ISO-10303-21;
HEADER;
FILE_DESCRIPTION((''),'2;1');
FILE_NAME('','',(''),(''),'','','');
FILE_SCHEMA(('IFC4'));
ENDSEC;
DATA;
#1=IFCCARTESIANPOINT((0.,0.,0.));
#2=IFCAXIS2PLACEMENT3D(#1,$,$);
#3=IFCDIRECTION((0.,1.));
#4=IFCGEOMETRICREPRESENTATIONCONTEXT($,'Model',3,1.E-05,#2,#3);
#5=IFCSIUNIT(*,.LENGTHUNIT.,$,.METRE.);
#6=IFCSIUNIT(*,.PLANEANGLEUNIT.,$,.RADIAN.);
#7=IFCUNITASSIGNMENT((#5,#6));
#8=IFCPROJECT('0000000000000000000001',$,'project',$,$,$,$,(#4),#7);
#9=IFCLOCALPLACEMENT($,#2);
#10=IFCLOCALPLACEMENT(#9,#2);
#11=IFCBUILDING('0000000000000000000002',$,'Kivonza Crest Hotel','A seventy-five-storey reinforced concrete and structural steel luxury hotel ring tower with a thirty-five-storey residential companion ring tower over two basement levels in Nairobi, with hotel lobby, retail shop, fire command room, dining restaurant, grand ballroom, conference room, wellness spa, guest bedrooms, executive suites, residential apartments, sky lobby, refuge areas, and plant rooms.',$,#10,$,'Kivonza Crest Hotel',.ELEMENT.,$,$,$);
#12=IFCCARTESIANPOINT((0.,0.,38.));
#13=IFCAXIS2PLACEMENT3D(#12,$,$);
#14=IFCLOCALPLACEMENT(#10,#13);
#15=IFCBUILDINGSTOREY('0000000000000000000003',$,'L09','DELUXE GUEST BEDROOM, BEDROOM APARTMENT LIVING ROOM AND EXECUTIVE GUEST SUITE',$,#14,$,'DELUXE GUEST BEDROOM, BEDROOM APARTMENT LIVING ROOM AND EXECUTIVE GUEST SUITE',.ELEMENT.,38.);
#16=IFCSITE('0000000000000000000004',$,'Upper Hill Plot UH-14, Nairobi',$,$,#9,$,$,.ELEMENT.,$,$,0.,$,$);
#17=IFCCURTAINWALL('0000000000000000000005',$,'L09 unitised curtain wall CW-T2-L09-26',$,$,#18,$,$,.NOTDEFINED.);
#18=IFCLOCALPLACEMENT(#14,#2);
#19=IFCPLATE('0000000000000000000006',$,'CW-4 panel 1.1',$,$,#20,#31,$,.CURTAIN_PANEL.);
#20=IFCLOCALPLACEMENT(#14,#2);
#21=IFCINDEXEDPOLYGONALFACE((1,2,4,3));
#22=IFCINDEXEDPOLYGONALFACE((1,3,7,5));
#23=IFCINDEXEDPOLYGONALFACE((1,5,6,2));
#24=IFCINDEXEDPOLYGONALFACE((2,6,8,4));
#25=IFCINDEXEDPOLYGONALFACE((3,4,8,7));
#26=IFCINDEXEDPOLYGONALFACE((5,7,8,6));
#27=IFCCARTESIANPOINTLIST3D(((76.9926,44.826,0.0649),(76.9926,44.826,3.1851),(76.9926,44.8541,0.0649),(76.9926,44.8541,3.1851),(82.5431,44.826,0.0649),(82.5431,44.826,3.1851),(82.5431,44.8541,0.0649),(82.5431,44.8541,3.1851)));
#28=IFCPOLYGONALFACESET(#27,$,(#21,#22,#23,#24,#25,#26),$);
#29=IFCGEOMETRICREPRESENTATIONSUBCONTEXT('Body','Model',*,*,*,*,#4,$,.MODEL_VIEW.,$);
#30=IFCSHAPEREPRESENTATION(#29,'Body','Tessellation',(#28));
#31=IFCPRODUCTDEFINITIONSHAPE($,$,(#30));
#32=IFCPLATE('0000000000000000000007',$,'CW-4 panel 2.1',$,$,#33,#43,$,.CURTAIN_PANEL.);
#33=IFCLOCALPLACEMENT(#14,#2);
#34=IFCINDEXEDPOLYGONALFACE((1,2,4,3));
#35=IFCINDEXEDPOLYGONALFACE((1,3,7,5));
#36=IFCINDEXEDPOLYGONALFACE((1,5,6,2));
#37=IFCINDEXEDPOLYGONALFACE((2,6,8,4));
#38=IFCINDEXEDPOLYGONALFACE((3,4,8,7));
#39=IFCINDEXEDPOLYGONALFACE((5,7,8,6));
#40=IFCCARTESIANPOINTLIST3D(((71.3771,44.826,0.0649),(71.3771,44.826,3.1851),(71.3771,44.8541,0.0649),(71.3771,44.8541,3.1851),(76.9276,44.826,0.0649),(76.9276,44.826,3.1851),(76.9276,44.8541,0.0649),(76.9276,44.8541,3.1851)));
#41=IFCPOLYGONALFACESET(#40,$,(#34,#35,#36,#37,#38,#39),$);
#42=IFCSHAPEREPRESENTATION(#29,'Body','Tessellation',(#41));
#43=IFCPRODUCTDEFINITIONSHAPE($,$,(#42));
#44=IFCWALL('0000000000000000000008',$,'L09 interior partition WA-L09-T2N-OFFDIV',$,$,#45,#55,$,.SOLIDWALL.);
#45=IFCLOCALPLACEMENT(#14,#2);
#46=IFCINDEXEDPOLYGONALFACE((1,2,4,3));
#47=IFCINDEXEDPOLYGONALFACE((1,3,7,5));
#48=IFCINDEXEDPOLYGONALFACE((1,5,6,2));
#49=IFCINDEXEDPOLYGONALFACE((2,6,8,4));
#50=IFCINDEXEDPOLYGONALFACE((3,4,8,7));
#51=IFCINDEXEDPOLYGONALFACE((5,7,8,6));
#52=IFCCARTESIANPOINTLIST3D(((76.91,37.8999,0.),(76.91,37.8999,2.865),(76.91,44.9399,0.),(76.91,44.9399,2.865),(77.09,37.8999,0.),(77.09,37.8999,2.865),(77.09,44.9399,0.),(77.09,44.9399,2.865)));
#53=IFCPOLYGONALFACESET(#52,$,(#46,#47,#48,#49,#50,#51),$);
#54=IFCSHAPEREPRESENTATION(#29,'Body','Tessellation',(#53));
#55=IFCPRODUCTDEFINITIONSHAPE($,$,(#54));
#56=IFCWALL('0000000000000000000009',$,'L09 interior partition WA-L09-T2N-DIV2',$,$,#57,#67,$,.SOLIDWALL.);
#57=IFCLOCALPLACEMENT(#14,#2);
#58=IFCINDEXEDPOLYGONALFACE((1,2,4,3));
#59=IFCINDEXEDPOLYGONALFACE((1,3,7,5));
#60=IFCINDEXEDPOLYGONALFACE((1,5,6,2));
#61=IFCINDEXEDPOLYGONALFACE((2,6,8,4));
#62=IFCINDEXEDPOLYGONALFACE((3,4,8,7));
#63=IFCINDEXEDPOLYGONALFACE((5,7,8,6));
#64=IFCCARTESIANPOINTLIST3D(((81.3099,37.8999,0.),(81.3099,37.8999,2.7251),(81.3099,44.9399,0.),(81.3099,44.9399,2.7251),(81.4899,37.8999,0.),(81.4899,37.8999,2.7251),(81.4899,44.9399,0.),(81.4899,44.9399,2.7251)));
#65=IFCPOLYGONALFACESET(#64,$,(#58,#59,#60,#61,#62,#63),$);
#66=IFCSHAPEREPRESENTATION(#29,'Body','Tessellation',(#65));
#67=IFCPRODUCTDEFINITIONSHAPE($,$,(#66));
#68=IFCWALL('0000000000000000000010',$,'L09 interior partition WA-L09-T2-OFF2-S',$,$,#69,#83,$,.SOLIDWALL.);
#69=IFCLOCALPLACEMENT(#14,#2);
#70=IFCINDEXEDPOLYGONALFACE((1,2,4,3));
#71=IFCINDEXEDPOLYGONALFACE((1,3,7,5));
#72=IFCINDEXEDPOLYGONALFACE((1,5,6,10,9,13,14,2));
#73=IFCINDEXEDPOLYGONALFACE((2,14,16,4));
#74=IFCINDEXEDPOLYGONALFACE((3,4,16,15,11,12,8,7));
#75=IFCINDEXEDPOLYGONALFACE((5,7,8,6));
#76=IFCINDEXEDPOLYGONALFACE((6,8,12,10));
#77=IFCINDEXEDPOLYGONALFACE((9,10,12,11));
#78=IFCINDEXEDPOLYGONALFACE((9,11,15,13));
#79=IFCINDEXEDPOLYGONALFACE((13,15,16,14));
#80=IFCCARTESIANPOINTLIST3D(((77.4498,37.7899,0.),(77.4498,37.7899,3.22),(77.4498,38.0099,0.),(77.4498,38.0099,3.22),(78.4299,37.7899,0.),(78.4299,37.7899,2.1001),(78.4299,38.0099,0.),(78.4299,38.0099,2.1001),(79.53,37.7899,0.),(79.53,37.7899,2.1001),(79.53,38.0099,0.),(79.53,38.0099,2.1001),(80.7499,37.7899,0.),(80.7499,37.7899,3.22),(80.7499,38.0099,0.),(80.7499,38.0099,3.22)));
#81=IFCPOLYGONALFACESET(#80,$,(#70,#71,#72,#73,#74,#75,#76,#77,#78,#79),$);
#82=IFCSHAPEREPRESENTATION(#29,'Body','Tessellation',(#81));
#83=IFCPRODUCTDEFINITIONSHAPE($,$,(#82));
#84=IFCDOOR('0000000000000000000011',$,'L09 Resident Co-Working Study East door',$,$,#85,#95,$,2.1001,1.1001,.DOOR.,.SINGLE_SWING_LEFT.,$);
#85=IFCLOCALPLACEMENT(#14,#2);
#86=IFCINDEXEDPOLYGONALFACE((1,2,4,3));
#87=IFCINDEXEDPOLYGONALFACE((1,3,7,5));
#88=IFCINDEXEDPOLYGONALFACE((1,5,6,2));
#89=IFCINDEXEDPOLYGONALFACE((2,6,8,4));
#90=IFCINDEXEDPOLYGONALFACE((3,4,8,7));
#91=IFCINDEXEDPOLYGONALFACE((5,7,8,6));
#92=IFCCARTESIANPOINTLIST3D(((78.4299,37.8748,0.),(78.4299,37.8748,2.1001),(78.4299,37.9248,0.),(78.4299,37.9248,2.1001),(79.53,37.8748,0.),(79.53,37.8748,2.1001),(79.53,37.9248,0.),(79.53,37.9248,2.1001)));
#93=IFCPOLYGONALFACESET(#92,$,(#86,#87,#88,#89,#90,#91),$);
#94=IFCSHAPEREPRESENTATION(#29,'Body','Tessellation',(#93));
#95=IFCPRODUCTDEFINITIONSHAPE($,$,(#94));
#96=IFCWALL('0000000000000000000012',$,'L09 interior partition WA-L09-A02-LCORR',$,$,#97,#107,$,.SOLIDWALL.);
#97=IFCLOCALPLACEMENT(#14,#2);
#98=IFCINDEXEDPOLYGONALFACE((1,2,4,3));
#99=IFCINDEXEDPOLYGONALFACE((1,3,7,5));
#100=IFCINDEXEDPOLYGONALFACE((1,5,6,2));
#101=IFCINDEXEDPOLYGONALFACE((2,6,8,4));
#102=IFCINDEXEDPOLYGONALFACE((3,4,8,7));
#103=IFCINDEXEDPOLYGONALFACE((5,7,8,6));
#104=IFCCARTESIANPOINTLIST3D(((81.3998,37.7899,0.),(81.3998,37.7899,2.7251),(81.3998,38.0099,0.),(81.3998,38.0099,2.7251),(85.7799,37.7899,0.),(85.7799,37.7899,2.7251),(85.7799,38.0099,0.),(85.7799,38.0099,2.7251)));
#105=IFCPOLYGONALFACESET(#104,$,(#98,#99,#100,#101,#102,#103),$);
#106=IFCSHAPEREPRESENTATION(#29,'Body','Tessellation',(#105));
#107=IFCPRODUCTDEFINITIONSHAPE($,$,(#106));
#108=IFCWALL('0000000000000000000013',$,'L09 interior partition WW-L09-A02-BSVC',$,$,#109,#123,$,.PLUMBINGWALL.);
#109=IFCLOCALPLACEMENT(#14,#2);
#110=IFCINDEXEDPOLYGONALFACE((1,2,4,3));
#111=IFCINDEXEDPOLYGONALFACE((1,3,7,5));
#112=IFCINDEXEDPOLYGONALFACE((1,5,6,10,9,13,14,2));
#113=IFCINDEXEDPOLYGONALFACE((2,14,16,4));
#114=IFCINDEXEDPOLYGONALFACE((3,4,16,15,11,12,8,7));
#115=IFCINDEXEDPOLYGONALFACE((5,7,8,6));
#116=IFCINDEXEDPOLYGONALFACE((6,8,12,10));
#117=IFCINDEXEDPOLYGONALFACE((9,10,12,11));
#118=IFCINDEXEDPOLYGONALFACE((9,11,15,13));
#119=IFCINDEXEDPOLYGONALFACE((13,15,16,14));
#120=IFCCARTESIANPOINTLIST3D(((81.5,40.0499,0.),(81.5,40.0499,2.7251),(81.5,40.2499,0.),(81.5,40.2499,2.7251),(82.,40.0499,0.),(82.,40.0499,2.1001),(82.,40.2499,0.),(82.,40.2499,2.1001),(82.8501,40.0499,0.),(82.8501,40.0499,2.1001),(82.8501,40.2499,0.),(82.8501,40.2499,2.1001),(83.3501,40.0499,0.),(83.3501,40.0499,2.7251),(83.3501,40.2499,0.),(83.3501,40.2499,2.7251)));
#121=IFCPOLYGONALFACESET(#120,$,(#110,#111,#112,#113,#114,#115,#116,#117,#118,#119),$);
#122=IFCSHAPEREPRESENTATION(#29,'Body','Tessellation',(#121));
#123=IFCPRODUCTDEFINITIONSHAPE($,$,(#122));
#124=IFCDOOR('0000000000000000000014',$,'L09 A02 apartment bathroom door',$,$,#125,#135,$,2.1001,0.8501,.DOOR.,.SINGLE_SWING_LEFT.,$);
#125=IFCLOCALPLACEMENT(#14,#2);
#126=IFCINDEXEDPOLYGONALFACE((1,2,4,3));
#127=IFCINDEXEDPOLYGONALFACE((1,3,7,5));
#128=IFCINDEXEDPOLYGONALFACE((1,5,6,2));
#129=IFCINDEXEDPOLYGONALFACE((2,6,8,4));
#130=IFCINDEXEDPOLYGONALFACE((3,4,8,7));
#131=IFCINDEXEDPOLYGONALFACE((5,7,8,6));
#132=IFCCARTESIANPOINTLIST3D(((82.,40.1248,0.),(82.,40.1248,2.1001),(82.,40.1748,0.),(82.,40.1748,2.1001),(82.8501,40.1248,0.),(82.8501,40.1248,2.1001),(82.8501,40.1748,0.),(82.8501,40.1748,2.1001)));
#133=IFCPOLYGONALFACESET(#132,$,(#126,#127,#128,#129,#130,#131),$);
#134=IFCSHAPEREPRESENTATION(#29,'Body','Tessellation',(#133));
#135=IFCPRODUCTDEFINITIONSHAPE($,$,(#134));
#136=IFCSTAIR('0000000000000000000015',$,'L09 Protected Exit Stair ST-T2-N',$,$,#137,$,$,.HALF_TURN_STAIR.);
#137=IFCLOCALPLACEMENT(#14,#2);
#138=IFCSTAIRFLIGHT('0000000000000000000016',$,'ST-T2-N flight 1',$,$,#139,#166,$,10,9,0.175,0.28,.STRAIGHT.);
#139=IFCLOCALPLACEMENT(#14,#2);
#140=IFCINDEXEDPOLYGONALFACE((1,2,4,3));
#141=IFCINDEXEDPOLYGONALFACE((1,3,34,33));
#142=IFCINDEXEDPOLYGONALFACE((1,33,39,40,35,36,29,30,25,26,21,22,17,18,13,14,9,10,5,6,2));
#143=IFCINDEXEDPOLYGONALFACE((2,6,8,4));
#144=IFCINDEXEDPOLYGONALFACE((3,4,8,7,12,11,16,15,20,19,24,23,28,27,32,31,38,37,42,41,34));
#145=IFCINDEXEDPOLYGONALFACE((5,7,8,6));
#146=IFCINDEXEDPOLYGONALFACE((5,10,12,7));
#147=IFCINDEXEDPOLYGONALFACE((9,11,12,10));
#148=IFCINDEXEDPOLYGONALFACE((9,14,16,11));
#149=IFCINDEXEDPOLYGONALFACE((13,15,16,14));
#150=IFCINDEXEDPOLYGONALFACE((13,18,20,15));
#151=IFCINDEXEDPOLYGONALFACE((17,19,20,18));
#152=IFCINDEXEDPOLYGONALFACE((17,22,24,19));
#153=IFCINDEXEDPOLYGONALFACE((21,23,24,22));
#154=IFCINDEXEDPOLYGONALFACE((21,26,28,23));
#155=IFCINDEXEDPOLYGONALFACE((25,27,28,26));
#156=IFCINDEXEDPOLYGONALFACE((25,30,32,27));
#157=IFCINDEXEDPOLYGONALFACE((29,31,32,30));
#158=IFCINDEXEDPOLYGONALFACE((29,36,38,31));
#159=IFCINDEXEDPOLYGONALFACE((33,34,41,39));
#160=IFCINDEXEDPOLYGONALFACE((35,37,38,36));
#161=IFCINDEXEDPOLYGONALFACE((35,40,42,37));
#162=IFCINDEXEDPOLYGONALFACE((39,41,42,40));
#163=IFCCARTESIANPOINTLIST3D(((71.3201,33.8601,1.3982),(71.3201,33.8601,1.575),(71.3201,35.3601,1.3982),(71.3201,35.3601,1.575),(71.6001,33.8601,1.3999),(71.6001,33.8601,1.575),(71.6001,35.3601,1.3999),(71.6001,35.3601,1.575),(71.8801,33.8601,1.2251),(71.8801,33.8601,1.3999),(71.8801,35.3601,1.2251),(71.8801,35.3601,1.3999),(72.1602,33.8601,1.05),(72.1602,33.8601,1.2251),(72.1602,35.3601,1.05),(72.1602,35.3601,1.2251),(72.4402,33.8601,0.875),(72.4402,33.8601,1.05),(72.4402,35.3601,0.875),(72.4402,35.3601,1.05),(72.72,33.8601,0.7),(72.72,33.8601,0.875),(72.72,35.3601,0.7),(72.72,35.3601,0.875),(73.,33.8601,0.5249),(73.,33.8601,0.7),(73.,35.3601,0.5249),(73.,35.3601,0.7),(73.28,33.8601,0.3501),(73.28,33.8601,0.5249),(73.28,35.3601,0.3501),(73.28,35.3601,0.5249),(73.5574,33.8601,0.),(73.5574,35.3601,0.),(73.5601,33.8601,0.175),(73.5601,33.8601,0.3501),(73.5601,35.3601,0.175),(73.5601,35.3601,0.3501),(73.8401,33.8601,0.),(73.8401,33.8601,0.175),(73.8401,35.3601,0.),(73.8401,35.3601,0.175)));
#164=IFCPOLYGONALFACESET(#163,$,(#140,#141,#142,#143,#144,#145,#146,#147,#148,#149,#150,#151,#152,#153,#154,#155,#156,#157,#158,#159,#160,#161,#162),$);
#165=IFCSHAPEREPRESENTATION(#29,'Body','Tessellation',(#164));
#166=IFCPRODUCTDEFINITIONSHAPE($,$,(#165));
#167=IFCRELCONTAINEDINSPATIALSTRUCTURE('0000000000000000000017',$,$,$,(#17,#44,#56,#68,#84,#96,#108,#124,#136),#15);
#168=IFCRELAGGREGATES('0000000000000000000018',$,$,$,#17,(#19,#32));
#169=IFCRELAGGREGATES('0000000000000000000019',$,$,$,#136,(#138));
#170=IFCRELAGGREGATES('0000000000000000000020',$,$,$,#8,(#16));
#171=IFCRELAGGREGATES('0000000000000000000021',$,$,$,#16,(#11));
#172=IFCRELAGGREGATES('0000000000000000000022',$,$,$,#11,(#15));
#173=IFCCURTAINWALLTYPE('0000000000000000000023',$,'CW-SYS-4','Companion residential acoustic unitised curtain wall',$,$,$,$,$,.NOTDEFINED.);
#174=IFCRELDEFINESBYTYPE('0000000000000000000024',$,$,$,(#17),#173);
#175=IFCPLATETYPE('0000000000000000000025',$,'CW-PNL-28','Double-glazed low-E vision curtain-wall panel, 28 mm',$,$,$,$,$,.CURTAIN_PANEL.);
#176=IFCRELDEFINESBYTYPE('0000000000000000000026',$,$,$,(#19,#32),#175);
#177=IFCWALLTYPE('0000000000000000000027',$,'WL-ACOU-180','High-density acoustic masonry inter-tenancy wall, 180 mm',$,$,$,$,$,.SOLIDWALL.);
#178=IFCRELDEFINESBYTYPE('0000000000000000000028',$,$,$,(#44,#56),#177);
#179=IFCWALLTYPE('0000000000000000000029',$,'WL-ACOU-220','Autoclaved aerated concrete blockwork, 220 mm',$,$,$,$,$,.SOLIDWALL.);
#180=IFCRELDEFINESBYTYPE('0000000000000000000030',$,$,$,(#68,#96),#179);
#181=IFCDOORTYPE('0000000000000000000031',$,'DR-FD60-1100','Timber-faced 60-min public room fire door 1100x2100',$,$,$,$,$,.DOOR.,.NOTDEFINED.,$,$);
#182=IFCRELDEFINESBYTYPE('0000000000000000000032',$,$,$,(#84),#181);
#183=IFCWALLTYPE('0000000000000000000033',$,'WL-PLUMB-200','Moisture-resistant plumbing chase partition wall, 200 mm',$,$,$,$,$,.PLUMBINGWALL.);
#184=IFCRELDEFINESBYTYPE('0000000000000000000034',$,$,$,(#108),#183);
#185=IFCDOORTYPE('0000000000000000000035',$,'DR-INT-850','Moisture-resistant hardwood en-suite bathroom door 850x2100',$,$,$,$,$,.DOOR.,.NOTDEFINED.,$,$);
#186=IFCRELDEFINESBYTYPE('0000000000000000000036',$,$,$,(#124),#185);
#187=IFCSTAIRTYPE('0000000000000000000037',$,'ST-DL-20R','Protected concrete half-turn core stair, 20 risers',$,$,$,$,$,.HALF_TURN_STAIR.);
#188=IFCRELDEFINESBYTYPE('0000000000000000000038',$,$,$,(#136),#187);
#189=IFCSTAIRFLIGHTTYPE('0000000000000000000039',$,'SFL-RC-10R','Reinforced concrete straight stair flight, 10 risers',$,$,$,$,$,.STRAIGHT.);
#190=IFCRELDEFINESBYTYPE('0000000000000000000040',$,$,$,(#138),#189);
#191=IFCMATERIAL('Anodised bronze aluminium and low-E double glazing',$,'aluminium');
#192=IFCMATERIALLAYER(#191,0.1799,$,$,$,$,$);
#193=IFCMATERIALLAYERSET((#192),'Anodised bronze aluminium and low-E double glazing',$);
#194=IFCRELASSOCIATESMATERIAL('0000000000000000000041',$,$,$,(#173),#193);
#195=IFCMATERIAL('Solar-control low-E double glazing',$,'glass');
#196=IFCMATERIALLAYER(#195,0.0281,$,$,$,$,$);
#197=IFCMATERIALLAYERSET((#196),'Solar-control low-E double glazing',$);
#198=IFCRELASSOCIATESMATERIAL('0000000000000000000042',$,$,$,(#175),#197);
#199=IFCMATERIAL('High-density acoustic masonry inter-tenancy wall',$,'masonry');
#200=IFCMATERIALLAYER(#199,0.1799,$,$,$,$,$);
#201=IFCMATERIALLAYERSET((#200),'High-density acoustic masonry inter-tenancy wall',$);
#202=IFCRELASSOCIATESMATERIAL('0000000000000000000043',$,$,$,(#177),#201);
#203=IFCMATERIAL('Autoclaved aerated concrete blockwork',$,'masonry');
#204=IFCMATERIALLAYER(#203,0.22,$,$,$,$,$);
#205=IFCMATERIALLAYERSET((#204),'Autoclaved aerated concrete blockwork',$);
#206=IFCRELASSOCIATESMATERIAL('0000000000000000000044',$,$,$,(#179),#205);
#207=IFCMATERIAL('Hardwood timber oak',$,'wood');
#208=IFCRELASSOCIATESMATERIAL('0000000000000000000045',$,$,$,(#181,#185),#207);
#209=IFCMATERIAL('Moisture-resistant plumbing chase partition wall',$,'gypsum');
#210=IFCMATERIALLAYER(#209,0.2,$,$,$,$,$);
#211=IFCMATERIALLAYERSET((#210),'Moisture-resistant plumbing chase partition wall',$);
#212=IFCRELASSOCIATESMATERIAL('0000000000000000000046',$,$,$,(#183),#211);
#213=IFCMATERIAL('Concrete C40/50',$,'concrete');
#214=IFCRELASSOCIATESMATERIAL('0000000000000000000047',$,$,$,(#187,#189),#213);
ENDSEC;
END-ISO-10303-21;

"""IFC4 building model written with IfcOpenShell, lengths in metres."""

from ifc_helpers import new_model, si_unit, direction, frame, frame_2d, origin, origin_2d, place, context, subcontext, project, spatial, polyline, rectangle, outline, extrude, material, layer, layer_set, type_object, element, fill, aggregate, save


model = new_model("IFC4")

# Units and contexts
model_context = context("Model", 3, precision=1e-05, world=origin(), true_north=direction((0.0, 1.0)))
body_context = subcontext(model_context, "Body", "Model", "MODEL_VIEW")
ifc_project = project(units=[si_unit("LENGTHUNIT", "METRE"), si_unit("PLANEANGLEUNIT", "RADIAN")], contexts=[model_context])

# Site, building, storey
site_placement = place(None, origin())
site = spatial("IfcSite", under=ifc_project, at=site_placement, Name="Upper Hill Plot UH-14, Nairobi", CompositionType="ELEMENT", RefElevation=0.0)
building_placement = place(site_placement, origin())
building = spatial("IfcBuilding", under=site, at=building_placement, Name="Kivonza Crest Hotel", Description="A seventy-five-storey reinforced concrete and structural steel luxury hotel ring tower with a thirty-five-storey residential companion ring tower over two basement levels in Nairobi, with hotel lobby, retail shop, fire command room, dining restaurant, grand ballroom, conference room, wellness spa, guest bedrooms, executive suites, residential apartments, sky lobby, refuge areas, and plant rooms.", LongName="Kivonza Crest Hotel", CompositionType="ELEMENT")
storey_placement = place(building_placement, frame((0.0, 0.0, 38.0)))
storey = spatial("IfcBuildingStorey", under=building, at=storey_placement, Name="L09", Description="DELUXE GUEST BEDROOM, BEDROOM APARTMENT LIVING ROOM AND EXECUTIVE GUEST SUITE", LongName="DELUXE GUEST BEDROOM, BEDROOM APARTMENT LIVING ROOM AND EXECUTIVE GUEST SUITE", CompositionType="ELEMENT", Elevation=38.0)

# Curtain wall, plates
ifc_material_1 = material(Name="Anodised bronze aluminium and low-E double glazing", Category="aluminium")
ifc_layer_1 = layer(ifc_material_1, 0.1799)
ifc_layer_set_1 = layer_set([ifc_layer_1], Name="Anodised bronze aluminium and low-E double glazing")
curtain_wall_type = type_object("IfcCurtainWallType", Name="CW-SYS-4", Description="Companion residential acoustic unitised curtain wall", PredefinedType="NOTDEFINED", material=ifc_layer_set_1)
curtain_wall_placement = place(storey_placement, origin())
curtain_wall = element("IfcCurtainWall", 1, at=curtain_wall_placement, inside=storey, type_object=curtain_wall_type, Name="L09 unitised curtain wall CW-T2-L09-26", PredefinedType="NOTDEFINED")
ifc_material_2 = material(Name="Solar-control low-E double glazing", Category="glass")
ifc_layer_2 = layer(ifc_material_2, 0.0281)
ifc_layer_set_2 = layer_set([ifc_layer_2], Name="Solar-control low-E double glazing")
plate_type = type_object("IfcPlateType", Name="CW-PNL-28", Description="Double-glazed low-E vision curtain-wall panel, 28 mm", PredefinedType="CURTAIN_PANEL", material=ifc_layer_set_2)
plate_1_placement = place(storey_placement, frame((79.7678, 44.8401, 0.0649), z_axis=(0.0, 0.0, 1.0), x_axis=(-1.0, 0.0, 0.0)))
plate_1 = element("IfcPlate", 2, at=plate_1_placement, type_object=plate_type, Name="CW-4 panel 1.1", PredefinedType="CURTAIN_PANEL", context=body_context, shape_type="SweptSolid", body=[
    extrude(rectangle(XDim=5.5505, YDim=0.0281, at=origin_2d()), origin(), (0.0, 0.0, 1.0), 3.1201),
])
plate_2_placement = place(storey_placement, frame((74.1523, 44.8401, 0.0649), z_axis=(0.0, 0.0, 1.0), x_axis=(-1.0, 0.0, 0.0)))
plate_2 = element("IfcPlate", 3, at=plate_2_placement, type_object=plate_type, Name="CW-4 panel 2.1", PredefinedType="CURTAIN_PANEL", context=body_context, shape_type="SweptSolid", body=[
    extrude(rectangle(XDim=5.5505, YDim=0.0281, at=origin_2d()), origin(), (0.0, 0.0, 1.0), 3.1201),
])
aggregate(curtain_wall, [plate_1, plate_2])

# Walls
ifc_material_3 = material(Name="High-density acoustic masonry inter-tenancy wall", Category="masonry")
ifc_layer_3 = layer(ifc_material_3, 0.1799)
ifc_layer_set_3 = layer_set([ifc_layer_3], Name="High-density acoustic masonry inter-tenancy wall")
wall_type_1 = type_object("IfcWallType", Name="WL-ACOU-180", Description="High-density acoustic masonry inter-tenancy wall, 180 mm", PredefinedType="SOLIDWALL", material=ifc_layer_set_3)
wall_1_placement = place(storey_placement, frame((77.0, 37.8999, 0.0), z_axis=(0.0, 0.0, 1.0), x_axis=(0.0, 1.0, 0.0)))
element("IfcWall", 4, at=wall_1_placement, inside=storey, type_object=wall_type_1, Name="L09 interior partition WA-L09-T2N-OFFDIV", PredefinedType="SOLIDWALL", context=body_context, shape_type="SweptSolid", body=[
    extrude(rectangle(XDim=7.04, YDim=0.1799, at=frame_2d((3.52, 0.0))), origin(), (0.0, 0.0, 1.0), 2.865),
])
wall_2_placement = place(storey_placement, frame((81.3999, 37.8999, 0.0), z_axis=(0.0, 0.0, 1.0), x_axis=(0.0, 1.0, 0.0)))
element("IfcWall", 5, at=wall_2_placement, inside=storey, type_object=wall_type_1, Name="L09 interior partition WA-L09-T2N-DIV2", PredefinedType="SOLIDWALL", context=body_context, shape_type="SweptSolid", body=[
    extrude(rectangle(XDim=7.04, YDim=0.1799, at=frame_2d((3.52, 0.0))), origin(), (0.0, 0.0, 1.0), 2.7251),
])

# Wall, opening, door
ifc_material_4 = material(Name="Autoclaved aerated concrete blockwork", Category="masonry")
ifc_layer_4 = layer(ifc_material_4, 0.22)
ifc_layer_set_4 = layer_set([ifc_layer_4], Name="Autoclaved aerated concrete blockwork")
wall_type_2 = type_object("IfcWallType", Name="WL-ACOU-220", Description="Autoclaved aerated concrete blockwork, 220 mm", PredefinedType="SOLIDWALL", material=ifc_layer_set_4)
wall_3_placement = place(storey_placement, frame((77.45, 37.8999, 0.0), z_axis=(0.0, 0.0, 1.0), x_axis=(1.0, 0.0, 0.0)))
wall_3 = element("IfcWall", 6, at=wall_3_placement, inside=storey, type_object=wall_type_2, Name="L09 interior partition WA-L09-T2-OFF2-S", PredefinedType="SOLIDWALL", context=body_context, shape_type="SweptSolid", body=[
    extrude(rectangle(XDim=3.3, YDim=0.22, at=frame_2d((1.6499, 0.0))), origin(), (0.0, 0.0, 1.0), 3.22),
])
opening_1_placement = place(wall_3_placement, frame((0.98, 0.0, 0.0)))
opening_1 = element("IfcOpeningElement", 7, at=opening_1_placement, cuts=wall_3, PredefinedType="OPENING", context=body_context, shape_type="SweptSolid", body=[
    extrude(rectangle(XDim=1.1001, YDim=2.1001, at=frame_2d((0.55, 1.05))), frame((0.0, 0.1201, 0.0), z_axis=(0.0, -1.0, 0.0), x_axis=(1.0, 0.0, 0.0)), (0.0, 0.0, 1.0), 0.24),
])
ifc_material_5 = material(Name="Hardwood timber oak", Category="wood")
door_type_1 = type_object("IfcDoorType", Name="DR-FD60-1100", Description="Timber-faced 60-min public room fire door 1100x2100", OperationType="NOTDEFINED", PredefinedType="DOOR", material=ifc_material_5)
door_1_placement = place(opening_1_placement, origin())
door_1 = element("IfcDoor", 8, at=door_1_placement, inside=storey, type_object=door_type_1, Name="L09 Resident Co-Working Study East door", OperationType="SINGLE_SWING_LEFT", OverallHeight=2.1001, OverallWidth=1.1001, PredefinedType="DOOR", context=body_context, shape_type="SweptSolid", body=[
    extrude(rectangle(XDim=1.1001, YDim=2.1001, at=frame_2d((0.55, 1.05))), frame((0.0, 0.0249, 0.0), z_axis=(0.0, -1.0, 0.0), x_axis=(1.0, 0.0, 0.0)), (0.0, 0.0, 1.0), 0.05),
])
fill(opening_1, door_1)

# Wall
wall_4_placement = place(storey_placement, frame((81.3999, 37.8999, 0.0), z_axis=(0.0, 0.0, 1.0), x_axis=(1.0, 0.0, 0.0)))
element("IfcWall", 9, at=wall_4_placement, inside=storey, type_object=wall_type_2, Name="L09 interior partition WA-L09-A02-LCORR", PredefinedType="SOLIDWALL", context=body_context, shape_type="SweptSolid", body=[
    extrude(rectangle(XDim=4.3801, YDim=0.22, at=frame_2d((2.1899, 0.0))), origin(), (0.0, 0.0, 1.0), 2.7251),
])

# Wall, opening, door
ifc_material_6 = material(Name="Moisture-resistant plumbing chase partition wall", Category="gypsum")
ifc_layer_5 = layer(ifc_material_6, 0.2)
ifc_layer_set_5 = layer_set([ifc_layer_5], Name="Moisture-resistant plumbing chase partition wall")
wall_type_3 = type_object("IfcWallType", Name="WL-PLUMB-200", Description="Moisture-resistant plumbing chase partition wall, 200 mm", PredefinedType="PLUMBINGWALL", material=ifc_layer_set_5)
wall_5_placement = place(storey_placement, frame((81.5, 40.1499, 0.0), z_axis=(0.0, 0.0, 1.0), x_axis=(1.0, 0.0, 0.0)))
wall_5 = element("IfcWall", 10, at=wall_5_placement, inside=storey, type_object=wall_type_3, Name="L09 interior partition WW-L09-A02-BSVC", PredefinedType="PLUMBINGWALL", context=body_context, shape_type="SweptSolid", body=[
    extrude(rectangle(XDim=1.8501, YDim=0.2, at=frame_2d((0.925, 0.0))), origin(), (0.0, 0.0, 1.0), 2.7251),
])
opening_2_placement = place(wall_5_placement, frame((0.5, 0.0, 0.0)))
opening_2 = element("IfcOpeningElement", 11, at=opening_2_placement, cuts=wall_5, PredefinedType="OPENING", context=body_context, shape_type="SweptSolid", body=[
    extrude(rectangle(XDim=0.8501, YDim=2.1001, at=frame_2d((0.425, 1.05))), frame((0.0, 0.1099, 0.0), z_axis=(0.0, -1.0, 0.0), x_axis=(1.0, 0.0, 0.0)), (0.0, 0.0, 1.0), 0.22),
])
door_type_2 = type_object("IfcDoorType", Name="DR-INT-850", Description="Moisture-resistant hardwood en-suite bathroom door 850x2100", OperationType="NOTDEFINED", PredefinedType="DOOR", material=ifc_material_5)
door_2_placement = place(opening_2_placement, origin())
door_2 = element("IfcDoor", 12, at=door_2_placement, inside=storey, type_object=door_type_2, Name="L09 A02 apartment bathroom door", OperationType="SINGLE_SWING_LEFT", OverallHeight=2.1001, OverallWidth=0.8501, PredefinedType="DOOR", context=body_context, shape_type="SweptSolid", body=[
    extrude(rectangle(XDim=0.8501, YDim=2.1001, at=frame_2d((0.425, 1.05))), frame((0.0, 0.0249, 0.0), z_axis=(0.0, -1.0, 0.0), x_axis=(1.0, 0.0, 0.0)), (0.0, 0.0, 1.0), 0.05),
])
fill(opening_2, door_2)

# Stair, stair flight
ifc_material_7 = material(Name="Concrete C40/50", Category="concrete")
stair_type = type_object("IfcStairType", Name="ST-DL-20R", Description="Protected concrete half-turn core stair, 20 risers", PredefinedType="HALF_TURN_STAIR", material=ifc_material_7)
stair_placement = place(storey_placement, origin())
stair = element("IfcStair", 13, at=stair_placement, inside=storey, type_object=stair_type, Name="L09 Protected Exit Stair ST-T2-N", PredefinedType="HALF_TURN_STAIR")
stair_flight_type = type_object("IfcStairFlightType", Name="SFL-RC-10R", Description="Reinforced concrete straight stair flight, 10 risers", PredefinedType="STRAIGHT", material=ifc_material_7)
stair_flight_placement = place(storey_placement, frame((73.8401, 34.6101, 0.0), z_axis=(0.0, 0.0, 1.0), x_axis=(-1.0, 0.0, 0.0)))
stair_flight = element("IfcStairFlight", 14, at=stair_flight_placement, type_object=stair_flight_type, Name="ST-T2-N flight 1", NumberOfRisers=10, NumberOfTreads=9, PredefinedType="STRAIGHT", RiserHeight=0.175, TreadLength=0.28, context=body_context, shape_type="SweptSolid", body=[
    extrude(outline(polyline([(0.0, 0.0), (0.0, 0.175), (0.28, 0.175), (0.28, 0.3501), (0.5601, 0.3501), (0.5601, 0.5249), (0.8401, 0.5249), (0.8401, 0.7), (1.1201, 0.7), (1.1201, 0.875), (1.3999, 0.875), (1.3999, 1.05), (1.6799, 1.05), (1.6799, 1.2251), (1.96, 1.2251), (1.96, 1.3999), (2.24, 1.3999), (2.24, 1.575), (2.52, 1.575), (2.52, 1.75), (2.52, 1.3982), (0.2827, 0.0), (0.0, 0.0)])), frame((0.0, 0.75, 0.0), z_axis=(0.0, -1.0, 0.0), x_axis=(1.0, 0.0, 0.0)), (0.0, 0.0, 1.0), 1.5),
])
aggregate(stair, [stair_flight])

save(model, "model.ifc")
